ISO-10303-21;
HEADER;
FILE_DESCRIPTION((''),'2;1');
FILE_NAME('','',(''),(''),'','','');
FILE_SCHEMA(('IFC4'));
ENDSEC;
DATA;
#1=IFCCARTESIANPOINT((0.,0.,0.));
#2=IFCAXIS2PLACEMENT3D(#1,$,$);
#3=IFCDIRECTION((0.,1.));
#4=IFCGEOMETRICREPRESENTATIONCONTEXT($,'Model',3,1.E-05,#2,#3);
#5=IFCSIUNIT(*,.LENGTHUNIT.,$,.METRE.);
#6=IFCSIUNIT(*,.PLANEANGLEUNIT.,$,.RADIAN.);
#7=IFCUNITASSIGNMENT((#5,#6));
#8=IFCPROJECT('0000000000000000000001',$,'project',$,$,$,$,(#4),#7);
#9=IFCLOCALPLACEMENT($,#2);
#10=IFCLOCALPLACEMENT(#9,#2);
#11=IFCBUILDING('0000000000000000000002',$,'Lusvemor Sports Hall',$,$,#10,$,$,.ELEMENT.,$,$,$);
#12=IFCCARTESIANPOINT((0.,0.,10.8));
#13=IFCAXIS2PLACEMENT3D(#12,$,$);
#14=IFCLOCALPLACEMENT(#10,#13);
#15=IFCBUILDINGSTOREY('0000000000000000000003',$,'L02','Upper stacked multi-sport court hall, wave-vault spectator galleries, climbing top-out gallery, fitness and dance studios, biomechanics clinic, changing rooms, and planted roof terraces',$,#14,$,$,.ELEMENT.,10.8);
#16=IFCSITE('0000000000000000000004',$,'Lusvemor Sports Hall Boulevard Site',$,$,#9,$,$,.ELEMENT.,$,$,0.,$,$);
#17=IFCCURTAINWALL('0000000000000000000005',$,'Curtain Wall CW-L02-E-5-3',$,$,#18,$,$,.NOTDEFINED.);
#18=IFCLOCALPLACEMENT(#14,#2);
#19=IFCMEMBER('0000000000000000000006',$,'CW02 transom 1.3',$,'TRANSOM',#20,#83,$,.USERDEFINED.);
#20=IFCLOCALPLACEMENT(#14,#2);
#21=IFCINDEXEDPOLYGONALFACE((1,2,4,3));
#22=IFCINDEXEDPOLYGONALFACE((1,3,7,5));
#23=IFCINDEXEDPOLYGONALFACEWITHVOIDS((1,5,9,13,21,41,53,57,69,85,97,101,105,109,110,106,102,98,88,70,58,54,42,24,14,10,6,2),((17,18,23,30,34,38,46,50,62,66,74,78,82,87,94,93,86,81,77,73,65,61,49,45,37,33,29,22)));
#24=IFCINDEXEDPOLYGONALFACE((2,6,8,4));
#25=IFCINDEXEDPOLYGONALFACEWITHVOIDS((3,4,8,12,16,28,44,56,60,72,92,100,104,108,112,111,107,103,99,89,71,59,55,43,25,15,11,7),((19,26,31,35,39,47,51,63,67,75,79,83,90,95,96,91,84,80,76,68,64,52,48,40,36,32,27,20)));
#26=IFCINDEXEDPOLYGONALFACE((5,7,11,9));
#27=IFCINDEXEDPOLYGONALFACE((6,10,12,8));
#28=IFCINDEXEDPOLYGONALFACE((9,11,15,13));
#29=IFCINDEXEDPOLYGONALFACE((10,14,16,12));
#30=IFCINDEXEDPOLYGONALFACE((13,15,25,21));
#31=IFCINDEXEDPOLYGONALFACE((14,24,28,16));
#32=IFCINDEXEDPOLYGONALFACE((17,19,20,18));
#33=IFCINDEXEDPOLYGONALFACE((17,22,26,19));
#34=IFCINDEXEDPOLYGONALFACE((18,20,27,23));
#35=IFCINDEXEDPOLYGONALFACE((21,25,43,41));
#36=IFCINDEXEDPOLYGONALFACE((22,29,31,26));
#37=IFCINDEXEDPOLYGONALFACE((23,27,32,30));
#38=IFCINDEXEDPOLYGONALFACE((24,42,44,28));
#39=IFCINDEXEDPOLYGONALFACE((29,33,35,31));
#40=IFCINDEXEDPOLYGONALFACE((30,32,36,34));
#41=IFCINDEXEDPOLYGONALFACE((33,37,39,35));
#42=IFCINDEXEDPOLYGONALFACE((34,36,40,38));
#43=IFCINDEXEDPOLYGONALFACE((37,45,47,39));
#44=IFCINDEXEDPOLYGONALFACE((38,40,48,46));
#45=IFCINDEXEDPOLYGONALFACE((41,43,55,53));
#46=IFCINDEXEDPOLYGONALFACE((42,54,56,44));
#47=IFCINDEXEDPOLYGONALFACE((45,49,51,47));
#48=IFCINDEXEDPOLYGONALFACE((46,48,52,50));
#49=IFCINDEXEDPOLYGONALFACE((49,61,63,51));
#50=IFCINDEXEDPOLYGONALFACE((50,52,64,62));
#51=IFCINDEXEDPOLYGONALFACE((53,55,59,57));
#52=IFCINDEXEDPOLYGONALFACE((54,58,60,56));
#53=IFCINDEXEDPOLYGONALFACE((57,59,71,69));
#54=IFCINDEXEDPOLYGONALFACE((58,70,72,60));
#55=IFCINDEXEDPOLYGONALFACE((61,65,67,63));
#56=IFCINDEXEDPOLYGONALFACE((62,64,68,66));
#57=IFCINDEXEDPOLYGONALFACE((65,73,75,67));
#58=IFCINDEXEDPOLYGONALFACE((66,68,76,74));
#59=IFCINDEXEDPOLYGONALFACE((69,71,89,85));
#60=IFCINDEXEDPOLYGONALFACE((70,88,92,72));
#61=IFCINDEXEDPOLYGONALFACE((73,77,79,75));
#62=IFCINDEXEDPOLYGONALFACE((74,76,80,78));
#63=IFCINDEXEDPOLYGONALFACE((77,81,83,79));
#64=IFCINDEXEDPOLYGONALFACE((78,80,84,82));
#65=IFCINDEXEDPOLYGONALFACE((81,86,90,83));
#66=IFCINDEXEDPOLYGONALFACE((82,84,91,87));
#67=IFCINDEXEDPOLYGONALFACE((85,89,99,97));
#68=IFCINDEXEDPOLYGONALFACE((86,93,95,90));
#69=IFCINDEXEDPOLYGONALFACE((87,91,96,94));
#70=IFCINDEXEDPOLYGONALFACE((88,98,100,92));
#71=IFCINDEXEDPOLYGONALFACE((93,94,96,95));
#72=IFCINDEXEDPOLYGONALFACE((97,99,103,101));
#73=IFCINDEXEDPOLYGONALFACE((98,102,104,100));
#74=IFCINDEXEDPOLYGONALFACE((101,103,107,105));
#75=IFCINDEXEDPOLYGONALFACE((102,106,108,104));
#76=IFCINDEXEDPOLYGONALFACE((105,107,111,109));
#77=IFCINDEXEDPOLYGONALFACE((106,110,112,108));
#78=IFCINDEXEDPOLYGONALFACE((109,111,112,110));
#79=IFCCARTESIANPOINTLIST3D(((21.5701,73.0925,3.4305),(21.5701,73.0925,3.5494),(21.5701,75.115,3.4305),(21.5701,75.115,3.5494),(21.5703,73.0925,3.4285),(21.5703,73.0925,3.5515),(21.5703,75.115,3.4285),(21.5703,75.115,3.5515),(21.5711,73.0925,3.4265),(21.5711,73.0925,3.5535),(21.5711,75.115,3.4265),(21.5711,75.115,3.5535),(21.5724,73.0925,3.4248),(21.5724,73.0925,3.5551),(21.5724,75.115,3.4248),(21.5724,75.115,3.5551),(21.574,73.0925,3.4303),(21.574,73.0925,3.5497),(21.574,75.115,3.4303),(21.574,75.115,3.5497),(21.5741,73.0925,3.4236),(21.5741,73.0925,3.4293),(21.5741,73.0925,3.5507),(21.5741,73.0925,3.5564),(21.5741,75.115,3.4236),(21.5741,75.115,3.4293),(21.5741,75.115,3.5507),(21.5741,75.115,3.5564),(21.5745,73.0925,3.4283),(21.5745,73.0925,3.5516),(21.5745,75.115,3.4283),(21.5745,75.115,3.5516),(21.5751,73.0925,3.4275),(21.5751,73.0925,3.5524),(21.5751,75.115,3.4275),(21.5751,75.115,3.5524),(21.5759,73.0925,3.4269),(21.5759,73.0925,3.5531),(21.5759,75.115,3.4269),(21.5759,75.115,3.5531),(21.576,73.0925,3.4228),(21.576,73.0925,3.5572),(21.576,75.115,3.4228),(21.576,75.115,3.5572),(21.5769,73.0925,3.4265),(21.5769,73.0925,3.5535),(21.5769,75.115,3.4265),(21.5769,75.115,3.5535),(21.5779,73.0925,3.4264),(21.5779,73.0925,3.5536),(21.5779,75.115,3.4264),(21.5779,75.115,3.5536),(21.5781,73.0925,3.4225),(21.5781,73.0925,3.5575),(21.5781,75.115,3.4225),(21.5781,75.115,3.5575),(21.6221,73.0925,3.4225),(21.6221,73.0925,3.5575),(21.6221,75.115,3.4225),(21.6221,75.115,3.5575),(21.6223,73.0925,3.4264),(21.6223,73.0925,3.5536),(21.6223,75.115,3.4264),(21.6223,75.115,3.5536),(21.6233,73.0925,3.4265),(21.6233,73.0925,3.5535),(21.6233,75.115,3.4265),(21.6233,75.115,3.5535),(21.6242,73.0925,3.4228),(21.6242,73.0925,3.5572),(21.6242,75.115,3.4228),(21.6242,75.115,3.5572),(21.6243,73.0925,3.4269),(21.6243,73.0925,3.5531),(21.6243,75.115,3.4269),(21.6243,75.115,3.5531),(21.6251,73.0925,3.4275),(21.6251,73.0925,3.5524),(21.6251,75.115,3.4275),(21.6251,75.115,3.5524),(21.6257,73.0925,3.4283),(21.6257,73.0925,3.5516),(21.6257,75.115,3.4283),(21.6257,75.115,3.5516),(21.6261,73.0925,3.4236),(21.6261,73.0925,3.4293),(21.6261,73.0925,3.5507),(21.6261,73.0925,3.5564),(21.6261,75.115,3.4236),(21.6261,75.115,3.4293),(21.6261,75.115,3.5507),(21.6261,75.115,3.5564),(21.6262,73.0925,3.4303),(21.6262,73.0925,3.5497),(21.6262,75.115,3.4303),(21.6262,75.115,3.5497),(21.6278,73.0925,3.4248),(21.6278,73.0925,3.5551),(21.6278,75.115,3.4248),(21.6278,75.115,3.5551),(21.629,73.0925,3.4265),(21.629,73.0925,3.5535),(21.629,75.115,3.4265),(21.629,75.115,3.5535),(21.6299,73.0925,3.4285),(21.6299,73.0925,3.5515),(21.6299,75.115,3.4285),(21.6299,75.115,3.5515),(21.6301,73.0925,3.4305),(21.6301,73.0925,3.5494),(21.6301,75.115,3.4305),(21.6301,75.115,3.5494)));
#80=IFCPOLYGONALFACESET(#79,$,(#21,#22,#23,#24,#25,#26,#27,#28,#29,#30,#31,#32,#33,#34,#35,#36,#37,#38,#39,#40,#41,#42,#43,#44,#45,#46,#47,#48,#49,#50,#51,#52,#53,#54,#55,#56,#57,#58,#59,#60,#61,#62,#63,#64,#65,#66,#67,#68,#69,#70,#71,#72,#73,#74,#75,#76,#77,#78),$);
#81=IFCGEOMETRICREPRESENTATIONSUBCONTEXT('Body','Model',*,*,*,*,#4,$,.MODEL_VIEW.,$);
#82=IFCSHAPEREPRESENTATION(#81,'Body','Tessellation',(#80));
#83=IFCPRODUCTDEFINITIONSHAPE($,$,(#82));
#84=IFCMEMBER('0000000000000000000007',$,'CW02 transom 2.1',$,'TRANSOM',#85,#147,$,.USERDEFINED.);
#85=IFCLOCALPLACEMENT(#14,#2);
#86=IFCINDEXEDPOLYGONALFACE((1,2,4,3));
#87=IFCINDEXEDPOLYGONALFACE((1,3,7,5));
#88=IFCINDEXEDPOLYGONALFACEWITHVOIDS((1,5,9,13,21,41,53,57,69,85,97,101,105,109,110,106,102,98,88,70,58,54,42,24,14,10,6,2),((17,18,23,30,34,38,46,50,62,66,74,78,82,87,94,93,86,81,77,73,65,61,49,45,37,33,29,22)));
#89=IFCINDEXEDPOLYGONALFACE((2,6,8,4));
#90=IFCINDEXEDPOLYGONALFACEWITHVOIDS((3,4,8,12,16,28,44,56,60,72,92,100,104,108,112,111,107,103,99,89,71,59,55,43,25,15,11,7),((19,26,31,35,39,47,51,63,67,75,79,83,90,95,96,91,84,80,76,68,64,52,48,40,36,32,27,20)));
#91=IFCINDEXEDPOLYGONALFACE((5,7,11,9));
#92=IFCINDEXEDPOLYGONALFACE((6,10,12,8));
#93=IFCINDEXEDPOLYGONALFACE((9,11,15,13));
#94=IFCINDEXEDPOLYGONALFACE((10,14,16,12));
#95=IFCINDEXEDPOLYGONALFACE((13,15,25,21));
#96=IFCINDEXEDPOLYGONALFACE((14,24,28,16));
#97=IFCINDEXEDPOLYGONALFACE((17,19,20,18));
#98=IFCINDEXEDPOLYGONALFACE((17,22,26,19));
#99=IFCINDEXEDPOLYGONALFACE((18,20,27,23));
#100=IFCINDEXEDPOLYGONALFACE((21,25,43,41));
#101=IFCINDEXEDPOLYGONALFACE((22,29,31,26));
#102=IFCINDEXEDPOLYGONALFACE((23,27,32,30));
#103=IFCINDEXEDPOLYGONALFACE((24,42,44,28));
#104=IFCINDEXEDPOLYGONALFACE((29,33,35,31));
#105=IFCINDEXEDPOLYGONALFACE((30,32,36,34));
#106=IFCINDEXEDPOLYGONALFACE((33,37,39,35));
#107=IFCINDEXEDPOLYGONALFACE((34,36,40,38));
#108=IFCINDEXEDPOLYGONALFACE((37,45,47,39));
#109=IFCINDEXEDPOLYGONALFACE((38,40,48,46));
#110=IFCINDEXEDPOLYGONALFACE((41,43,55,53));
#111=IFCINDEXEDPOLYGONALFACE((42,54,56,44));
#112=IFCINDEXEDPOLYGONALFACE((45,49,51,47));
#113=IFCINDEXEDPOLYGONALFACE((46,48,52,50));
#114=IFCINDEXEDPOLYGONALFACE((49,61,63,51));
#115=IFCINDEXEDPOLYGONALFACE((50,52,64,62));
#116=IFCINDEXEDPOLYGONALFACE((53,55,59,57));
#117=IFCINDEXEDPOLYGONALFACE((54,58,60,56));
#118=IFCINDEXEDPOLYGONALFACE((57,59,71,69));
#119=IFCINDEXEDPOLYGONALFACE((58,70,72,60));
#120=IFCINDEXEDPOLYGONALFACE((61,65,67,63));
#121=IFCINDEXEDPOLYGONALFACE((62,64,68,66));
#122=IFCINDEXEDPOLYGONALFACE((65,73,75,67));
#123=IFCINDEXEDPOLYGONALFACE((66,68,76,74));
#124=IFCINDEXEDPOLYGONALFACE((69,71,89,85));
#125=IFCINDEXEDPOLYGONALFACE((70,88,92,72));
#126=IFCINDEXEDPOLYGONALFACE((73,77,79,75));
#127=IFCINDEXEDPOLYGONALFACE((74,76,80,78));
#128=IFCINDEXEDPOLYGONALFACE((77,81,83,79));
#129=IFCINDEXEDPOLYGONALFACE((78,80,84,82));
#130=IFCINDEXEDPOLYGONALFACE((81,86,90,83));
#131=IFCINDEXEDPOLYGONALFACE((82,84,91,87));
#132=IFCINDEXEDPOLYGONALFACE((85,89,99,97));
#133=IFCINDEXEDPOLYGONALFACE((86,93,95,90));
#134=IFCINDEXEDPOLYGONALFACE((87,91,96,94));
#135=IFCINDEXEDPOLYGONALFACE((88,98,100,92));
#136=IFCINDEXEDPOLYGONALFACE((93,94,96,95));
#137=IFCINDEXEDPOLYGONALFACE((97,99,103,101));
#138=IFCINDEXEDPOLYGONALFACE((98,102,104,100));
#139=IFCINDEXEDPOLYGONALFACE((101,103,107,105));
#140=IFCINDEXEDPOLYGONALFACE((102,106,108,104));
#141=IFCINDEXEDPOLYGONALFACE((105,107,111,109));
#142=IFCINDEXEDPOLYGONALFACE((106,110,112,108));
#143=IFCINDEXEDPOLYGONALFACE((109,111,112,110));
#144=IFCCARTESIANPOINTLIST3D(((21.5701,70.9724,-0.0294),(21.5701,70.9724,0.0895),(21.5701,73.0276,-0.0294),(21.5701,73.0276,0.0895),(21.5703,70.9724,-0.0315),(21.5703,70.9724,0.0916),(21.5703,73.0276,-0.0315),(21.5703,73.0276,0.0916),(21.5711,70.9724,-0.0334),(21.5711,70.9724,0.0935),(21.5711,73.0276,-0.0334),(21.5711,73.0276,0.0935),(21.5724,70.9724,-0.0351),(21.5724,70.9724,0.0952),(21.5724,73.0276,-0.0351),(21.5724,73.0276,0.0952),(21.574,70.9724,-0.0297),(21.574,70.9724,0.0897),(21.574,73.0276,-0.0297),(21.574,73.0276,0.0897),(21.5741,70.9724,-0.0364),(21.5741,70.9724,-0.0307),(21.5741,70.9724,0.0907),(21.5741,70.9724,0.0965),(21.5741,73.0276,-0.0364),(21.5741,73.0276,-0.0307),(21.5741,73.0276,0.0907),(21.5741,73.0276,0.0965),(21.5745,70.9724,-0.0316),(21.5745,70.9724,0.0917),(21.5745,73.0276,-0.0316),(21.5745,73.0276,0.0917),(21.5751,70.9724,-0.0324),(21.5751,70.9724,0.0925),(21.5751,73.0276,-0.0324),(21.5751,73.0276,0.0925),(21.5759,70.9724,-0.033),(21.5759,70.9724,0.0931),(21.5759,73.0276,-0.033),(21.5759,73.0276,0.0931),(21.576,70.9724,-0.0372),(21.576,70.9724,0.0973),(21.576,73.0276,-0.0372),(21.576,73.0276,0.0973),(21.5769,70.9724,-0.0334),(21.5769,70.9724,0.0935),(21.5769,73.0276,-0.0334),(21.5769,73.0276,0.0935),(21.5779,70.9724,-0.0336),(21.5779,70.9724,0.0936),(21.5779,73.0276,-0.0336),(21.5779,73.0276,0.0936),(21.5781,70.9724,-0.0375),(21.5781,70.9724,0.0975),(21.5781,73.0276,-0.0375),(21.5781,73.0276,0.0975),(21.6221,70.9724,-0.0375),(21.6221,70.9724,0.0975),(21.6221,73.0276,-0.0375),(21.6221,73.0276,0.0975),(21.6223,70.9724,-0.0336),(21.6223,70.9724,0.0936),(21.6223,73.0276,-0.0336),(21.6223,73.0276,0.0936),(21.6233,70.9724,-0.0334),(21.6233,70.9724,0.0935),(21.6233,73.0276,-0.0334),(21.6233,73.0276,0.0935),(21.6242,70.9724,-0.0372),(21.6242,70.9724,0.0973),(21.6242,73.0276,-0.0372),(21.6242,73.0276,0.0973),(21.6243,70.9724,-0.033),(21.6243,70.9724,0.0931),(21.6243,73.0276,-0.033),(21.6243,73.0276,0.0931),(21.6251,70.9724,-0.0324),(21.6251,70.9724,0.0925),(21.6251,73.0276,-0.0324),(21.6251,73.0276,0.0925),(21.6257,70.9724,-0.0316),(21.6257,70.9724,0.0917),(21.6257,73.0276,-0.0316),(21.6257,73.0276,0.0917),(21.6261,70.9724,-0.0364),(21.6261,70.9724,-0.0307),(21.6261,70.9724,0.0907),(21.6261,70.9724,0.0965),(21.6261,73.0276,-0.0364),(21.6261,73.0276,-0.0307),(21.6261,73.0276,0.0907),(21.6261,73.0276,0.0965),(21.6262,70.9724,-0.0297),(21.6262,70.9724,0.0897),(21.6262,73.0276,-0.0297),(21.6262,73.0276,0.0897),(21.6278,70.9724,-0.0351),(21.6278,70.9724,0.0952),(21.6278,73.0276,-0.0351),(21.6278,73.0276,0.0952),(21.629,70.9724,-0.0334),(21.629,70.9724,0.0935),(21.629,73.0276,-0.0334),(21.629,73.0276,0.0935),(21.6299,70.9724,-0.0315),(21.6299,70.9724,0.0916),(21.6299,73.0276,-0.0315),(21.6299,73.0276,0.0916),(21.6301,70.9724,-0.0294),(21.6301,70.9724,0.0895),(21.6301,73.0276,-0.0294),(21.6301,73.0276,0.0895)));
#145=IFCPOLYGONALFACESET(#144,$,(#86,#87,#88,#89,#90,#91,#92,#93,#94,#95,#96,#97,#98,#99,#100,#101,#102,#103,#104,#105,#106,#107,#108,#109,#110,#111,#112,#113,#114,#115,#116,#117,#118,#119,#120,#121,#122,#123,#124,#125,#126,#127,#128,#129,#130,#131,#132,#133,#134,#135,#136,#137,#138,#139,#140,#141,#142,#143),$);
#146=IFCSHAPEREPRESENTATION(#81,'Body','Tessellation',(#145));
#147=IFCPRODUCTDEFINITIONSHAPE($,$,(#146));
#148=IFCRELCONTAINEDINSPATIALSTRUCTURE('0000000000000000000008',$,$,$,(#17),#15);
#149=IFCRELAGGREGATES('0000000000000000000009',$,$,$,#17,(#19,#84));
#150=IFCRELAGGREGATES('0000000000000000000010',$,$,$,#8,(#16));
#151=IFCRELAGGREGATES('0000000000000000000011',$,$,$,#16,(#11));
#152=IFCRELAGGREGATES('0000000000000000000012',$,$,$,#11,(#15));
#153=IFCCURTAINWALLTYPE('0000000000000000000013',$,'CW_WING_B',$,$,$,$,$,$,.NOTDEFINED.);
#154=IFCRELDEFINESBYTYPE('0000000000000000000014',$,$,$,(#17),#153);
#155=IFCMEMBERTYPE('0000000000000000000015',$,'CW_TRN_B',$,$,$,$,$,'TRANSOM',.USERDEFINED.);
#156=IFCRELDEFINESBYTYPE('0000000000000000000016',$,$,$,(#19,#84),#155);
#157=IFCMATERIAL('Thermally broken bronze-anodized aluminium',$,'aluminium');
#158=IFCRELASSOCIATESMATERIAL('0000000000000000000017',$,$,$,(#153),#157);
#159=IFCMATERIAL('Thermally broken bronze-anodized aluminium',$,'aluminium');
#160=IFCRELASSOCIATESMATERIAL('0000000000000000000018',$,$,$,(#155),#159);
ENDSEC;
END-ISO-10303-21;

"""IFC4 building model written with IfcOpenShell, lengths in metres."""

from ifc_helpers import new_model, si_unit, direction, frame, origin, origin_2d, place, context, subcontext, project, spatial, hollow_rectangle, extrude, material, material_profile, profile_set, type_object, element, aggregate, save


model = new_model("IFC4")

# Units and contexts
model_context = context("Model", 3, precision=1e-05, world=origin(), true_north=direction((0.0, 1.0)))
body_context = subcontext(model_context, "Body", "Model", "MODEL_VIEW")
ifc_project = project(units=[si_unit("LENGTHUNIT", "METRE"), si_unit("PLANEANGLEUNIT", "RADIAN")], contexts=[model_context])

# Site, building, storey
site_placement = place(None, origin())
site = spatial("IfcSite", under=ifc_project, at=site_placement, Name="Lusvemor Sports Hall Boulevard Site", CompositionType="ELEMENT", RefElevation=0.0)
building_placement = place(site_placement, origin())
building = spatial("IfcBuilding", under=site, at=building_placement, Name="Lusvemor Sports Hall", CompositionType="ELEMENT")
storey_placement = place(building_placement, frame((0.0, 0.0, 10.8)))
storey = spatial("IfcBuildingStorey", under=building, at=storey_placement, Name="L02", Description="Upper stacked multi-sport court hall, wave-vault spectator galleries, climbing top-out gallery, fitness and dance studios, biomechanics clinic, changing rooms, and planted roof terraces", CompositionType="ELEMENT", Elevation=10.8)

# Curtain wall
ifc_material_1 = material(Name="Thermally broken bronze-anodized aluminium", Category="aluminium")
curtain_wall_type = type_object("IfcCurtainWallType", Name="CW_WING_B", PredefinedType="NOTDEFINED", material=ifc_material_1)
curtain_wall_1_placement = place(storey_placement, origin())
curtain_wall_1 = element("IfcCurtainWall", 1, at=curtain_wall_1_placement, inside=storey, type_object=curtain_wall_type, Name="Curtain Wall CW-L02-E-5-3", PredefinedType="NOTDEFINED")

# Members
ifc_material_2 = material(Name="Thermally broken bronze-anodized aluminium", Category="aluminium")
ifc_material_profile_1 = material_profile(ifc_material_2, hollow_rectangle(XDim=0.0601, YDim=0.135, WallThickness=0.0039, InnerFilletRadius=0.0039, OuterFilletRadius=0.0081, at=origin_2d()), Name="CWTRN135x60x4")
ifc_profile_set_1 = profile_set([ifc_material_profile_1], Name="Thermally broken bronze-anodized aluminium")
member_type_1 = type_object("IfcMemberType", Name="CW_TRN_B", ElementType="TRANSOM", PredefinedType="USERDEFINED", material=ifc_profile_set_1)
member_1_placement = place(storey_placement, frame((21.6001, 75.115, 3.49), z_axis=(0.0, -1.0, 0.0), x_axis=(1.0, 0.0, 0.0)))
member_1 = element("IfcMember", 2, at=member_1_placement, type_object=member_type_1, Name="CW02 transom 1.3", ObjectType="TRANSOM", PredefinedType="USERDEFINED", context=body_context, shape_type="SweptSolid", body=[
    extrude(hollow_rectangle(XDim=0.0601, YDim=0.135, WallThickness=0.0039, InnerFilletRadius=0.0039, OuterFilletRadius=0.0081, at=origin_2d()), origin(), (0.0, 0.0, 1.0), 2.0225),
])
member_2_placement = place(storey_placement, frame((21.6001, 73.0276, 0.03), z_axis=(0.0, -1.0, 0.0), x_axis=(1.0, 0.0, 0.0)))
member_2 = element("IfcMember", 3, at=member_2_placement, type_object=member_type_1, Name="CW02 transom 2.1", ObjectType="TRANSOM", PredefinedType="USERDEFINED", context=body_context, shape_type="SweptSolid", body=[
    extrude(hollow_rectangle(XDim=0.0601, YDim=0.135, WallThickness=0.0039, InnerFilletRadius=0.0039, OuterFilletRadius=0.0081, at=origin_2d()), origin(), (0.0, 0.0, 1.0), 2.0552),
])

aggregate(curtain_wall_1, [member_1, member_2])

save(model, "model.ifc")
